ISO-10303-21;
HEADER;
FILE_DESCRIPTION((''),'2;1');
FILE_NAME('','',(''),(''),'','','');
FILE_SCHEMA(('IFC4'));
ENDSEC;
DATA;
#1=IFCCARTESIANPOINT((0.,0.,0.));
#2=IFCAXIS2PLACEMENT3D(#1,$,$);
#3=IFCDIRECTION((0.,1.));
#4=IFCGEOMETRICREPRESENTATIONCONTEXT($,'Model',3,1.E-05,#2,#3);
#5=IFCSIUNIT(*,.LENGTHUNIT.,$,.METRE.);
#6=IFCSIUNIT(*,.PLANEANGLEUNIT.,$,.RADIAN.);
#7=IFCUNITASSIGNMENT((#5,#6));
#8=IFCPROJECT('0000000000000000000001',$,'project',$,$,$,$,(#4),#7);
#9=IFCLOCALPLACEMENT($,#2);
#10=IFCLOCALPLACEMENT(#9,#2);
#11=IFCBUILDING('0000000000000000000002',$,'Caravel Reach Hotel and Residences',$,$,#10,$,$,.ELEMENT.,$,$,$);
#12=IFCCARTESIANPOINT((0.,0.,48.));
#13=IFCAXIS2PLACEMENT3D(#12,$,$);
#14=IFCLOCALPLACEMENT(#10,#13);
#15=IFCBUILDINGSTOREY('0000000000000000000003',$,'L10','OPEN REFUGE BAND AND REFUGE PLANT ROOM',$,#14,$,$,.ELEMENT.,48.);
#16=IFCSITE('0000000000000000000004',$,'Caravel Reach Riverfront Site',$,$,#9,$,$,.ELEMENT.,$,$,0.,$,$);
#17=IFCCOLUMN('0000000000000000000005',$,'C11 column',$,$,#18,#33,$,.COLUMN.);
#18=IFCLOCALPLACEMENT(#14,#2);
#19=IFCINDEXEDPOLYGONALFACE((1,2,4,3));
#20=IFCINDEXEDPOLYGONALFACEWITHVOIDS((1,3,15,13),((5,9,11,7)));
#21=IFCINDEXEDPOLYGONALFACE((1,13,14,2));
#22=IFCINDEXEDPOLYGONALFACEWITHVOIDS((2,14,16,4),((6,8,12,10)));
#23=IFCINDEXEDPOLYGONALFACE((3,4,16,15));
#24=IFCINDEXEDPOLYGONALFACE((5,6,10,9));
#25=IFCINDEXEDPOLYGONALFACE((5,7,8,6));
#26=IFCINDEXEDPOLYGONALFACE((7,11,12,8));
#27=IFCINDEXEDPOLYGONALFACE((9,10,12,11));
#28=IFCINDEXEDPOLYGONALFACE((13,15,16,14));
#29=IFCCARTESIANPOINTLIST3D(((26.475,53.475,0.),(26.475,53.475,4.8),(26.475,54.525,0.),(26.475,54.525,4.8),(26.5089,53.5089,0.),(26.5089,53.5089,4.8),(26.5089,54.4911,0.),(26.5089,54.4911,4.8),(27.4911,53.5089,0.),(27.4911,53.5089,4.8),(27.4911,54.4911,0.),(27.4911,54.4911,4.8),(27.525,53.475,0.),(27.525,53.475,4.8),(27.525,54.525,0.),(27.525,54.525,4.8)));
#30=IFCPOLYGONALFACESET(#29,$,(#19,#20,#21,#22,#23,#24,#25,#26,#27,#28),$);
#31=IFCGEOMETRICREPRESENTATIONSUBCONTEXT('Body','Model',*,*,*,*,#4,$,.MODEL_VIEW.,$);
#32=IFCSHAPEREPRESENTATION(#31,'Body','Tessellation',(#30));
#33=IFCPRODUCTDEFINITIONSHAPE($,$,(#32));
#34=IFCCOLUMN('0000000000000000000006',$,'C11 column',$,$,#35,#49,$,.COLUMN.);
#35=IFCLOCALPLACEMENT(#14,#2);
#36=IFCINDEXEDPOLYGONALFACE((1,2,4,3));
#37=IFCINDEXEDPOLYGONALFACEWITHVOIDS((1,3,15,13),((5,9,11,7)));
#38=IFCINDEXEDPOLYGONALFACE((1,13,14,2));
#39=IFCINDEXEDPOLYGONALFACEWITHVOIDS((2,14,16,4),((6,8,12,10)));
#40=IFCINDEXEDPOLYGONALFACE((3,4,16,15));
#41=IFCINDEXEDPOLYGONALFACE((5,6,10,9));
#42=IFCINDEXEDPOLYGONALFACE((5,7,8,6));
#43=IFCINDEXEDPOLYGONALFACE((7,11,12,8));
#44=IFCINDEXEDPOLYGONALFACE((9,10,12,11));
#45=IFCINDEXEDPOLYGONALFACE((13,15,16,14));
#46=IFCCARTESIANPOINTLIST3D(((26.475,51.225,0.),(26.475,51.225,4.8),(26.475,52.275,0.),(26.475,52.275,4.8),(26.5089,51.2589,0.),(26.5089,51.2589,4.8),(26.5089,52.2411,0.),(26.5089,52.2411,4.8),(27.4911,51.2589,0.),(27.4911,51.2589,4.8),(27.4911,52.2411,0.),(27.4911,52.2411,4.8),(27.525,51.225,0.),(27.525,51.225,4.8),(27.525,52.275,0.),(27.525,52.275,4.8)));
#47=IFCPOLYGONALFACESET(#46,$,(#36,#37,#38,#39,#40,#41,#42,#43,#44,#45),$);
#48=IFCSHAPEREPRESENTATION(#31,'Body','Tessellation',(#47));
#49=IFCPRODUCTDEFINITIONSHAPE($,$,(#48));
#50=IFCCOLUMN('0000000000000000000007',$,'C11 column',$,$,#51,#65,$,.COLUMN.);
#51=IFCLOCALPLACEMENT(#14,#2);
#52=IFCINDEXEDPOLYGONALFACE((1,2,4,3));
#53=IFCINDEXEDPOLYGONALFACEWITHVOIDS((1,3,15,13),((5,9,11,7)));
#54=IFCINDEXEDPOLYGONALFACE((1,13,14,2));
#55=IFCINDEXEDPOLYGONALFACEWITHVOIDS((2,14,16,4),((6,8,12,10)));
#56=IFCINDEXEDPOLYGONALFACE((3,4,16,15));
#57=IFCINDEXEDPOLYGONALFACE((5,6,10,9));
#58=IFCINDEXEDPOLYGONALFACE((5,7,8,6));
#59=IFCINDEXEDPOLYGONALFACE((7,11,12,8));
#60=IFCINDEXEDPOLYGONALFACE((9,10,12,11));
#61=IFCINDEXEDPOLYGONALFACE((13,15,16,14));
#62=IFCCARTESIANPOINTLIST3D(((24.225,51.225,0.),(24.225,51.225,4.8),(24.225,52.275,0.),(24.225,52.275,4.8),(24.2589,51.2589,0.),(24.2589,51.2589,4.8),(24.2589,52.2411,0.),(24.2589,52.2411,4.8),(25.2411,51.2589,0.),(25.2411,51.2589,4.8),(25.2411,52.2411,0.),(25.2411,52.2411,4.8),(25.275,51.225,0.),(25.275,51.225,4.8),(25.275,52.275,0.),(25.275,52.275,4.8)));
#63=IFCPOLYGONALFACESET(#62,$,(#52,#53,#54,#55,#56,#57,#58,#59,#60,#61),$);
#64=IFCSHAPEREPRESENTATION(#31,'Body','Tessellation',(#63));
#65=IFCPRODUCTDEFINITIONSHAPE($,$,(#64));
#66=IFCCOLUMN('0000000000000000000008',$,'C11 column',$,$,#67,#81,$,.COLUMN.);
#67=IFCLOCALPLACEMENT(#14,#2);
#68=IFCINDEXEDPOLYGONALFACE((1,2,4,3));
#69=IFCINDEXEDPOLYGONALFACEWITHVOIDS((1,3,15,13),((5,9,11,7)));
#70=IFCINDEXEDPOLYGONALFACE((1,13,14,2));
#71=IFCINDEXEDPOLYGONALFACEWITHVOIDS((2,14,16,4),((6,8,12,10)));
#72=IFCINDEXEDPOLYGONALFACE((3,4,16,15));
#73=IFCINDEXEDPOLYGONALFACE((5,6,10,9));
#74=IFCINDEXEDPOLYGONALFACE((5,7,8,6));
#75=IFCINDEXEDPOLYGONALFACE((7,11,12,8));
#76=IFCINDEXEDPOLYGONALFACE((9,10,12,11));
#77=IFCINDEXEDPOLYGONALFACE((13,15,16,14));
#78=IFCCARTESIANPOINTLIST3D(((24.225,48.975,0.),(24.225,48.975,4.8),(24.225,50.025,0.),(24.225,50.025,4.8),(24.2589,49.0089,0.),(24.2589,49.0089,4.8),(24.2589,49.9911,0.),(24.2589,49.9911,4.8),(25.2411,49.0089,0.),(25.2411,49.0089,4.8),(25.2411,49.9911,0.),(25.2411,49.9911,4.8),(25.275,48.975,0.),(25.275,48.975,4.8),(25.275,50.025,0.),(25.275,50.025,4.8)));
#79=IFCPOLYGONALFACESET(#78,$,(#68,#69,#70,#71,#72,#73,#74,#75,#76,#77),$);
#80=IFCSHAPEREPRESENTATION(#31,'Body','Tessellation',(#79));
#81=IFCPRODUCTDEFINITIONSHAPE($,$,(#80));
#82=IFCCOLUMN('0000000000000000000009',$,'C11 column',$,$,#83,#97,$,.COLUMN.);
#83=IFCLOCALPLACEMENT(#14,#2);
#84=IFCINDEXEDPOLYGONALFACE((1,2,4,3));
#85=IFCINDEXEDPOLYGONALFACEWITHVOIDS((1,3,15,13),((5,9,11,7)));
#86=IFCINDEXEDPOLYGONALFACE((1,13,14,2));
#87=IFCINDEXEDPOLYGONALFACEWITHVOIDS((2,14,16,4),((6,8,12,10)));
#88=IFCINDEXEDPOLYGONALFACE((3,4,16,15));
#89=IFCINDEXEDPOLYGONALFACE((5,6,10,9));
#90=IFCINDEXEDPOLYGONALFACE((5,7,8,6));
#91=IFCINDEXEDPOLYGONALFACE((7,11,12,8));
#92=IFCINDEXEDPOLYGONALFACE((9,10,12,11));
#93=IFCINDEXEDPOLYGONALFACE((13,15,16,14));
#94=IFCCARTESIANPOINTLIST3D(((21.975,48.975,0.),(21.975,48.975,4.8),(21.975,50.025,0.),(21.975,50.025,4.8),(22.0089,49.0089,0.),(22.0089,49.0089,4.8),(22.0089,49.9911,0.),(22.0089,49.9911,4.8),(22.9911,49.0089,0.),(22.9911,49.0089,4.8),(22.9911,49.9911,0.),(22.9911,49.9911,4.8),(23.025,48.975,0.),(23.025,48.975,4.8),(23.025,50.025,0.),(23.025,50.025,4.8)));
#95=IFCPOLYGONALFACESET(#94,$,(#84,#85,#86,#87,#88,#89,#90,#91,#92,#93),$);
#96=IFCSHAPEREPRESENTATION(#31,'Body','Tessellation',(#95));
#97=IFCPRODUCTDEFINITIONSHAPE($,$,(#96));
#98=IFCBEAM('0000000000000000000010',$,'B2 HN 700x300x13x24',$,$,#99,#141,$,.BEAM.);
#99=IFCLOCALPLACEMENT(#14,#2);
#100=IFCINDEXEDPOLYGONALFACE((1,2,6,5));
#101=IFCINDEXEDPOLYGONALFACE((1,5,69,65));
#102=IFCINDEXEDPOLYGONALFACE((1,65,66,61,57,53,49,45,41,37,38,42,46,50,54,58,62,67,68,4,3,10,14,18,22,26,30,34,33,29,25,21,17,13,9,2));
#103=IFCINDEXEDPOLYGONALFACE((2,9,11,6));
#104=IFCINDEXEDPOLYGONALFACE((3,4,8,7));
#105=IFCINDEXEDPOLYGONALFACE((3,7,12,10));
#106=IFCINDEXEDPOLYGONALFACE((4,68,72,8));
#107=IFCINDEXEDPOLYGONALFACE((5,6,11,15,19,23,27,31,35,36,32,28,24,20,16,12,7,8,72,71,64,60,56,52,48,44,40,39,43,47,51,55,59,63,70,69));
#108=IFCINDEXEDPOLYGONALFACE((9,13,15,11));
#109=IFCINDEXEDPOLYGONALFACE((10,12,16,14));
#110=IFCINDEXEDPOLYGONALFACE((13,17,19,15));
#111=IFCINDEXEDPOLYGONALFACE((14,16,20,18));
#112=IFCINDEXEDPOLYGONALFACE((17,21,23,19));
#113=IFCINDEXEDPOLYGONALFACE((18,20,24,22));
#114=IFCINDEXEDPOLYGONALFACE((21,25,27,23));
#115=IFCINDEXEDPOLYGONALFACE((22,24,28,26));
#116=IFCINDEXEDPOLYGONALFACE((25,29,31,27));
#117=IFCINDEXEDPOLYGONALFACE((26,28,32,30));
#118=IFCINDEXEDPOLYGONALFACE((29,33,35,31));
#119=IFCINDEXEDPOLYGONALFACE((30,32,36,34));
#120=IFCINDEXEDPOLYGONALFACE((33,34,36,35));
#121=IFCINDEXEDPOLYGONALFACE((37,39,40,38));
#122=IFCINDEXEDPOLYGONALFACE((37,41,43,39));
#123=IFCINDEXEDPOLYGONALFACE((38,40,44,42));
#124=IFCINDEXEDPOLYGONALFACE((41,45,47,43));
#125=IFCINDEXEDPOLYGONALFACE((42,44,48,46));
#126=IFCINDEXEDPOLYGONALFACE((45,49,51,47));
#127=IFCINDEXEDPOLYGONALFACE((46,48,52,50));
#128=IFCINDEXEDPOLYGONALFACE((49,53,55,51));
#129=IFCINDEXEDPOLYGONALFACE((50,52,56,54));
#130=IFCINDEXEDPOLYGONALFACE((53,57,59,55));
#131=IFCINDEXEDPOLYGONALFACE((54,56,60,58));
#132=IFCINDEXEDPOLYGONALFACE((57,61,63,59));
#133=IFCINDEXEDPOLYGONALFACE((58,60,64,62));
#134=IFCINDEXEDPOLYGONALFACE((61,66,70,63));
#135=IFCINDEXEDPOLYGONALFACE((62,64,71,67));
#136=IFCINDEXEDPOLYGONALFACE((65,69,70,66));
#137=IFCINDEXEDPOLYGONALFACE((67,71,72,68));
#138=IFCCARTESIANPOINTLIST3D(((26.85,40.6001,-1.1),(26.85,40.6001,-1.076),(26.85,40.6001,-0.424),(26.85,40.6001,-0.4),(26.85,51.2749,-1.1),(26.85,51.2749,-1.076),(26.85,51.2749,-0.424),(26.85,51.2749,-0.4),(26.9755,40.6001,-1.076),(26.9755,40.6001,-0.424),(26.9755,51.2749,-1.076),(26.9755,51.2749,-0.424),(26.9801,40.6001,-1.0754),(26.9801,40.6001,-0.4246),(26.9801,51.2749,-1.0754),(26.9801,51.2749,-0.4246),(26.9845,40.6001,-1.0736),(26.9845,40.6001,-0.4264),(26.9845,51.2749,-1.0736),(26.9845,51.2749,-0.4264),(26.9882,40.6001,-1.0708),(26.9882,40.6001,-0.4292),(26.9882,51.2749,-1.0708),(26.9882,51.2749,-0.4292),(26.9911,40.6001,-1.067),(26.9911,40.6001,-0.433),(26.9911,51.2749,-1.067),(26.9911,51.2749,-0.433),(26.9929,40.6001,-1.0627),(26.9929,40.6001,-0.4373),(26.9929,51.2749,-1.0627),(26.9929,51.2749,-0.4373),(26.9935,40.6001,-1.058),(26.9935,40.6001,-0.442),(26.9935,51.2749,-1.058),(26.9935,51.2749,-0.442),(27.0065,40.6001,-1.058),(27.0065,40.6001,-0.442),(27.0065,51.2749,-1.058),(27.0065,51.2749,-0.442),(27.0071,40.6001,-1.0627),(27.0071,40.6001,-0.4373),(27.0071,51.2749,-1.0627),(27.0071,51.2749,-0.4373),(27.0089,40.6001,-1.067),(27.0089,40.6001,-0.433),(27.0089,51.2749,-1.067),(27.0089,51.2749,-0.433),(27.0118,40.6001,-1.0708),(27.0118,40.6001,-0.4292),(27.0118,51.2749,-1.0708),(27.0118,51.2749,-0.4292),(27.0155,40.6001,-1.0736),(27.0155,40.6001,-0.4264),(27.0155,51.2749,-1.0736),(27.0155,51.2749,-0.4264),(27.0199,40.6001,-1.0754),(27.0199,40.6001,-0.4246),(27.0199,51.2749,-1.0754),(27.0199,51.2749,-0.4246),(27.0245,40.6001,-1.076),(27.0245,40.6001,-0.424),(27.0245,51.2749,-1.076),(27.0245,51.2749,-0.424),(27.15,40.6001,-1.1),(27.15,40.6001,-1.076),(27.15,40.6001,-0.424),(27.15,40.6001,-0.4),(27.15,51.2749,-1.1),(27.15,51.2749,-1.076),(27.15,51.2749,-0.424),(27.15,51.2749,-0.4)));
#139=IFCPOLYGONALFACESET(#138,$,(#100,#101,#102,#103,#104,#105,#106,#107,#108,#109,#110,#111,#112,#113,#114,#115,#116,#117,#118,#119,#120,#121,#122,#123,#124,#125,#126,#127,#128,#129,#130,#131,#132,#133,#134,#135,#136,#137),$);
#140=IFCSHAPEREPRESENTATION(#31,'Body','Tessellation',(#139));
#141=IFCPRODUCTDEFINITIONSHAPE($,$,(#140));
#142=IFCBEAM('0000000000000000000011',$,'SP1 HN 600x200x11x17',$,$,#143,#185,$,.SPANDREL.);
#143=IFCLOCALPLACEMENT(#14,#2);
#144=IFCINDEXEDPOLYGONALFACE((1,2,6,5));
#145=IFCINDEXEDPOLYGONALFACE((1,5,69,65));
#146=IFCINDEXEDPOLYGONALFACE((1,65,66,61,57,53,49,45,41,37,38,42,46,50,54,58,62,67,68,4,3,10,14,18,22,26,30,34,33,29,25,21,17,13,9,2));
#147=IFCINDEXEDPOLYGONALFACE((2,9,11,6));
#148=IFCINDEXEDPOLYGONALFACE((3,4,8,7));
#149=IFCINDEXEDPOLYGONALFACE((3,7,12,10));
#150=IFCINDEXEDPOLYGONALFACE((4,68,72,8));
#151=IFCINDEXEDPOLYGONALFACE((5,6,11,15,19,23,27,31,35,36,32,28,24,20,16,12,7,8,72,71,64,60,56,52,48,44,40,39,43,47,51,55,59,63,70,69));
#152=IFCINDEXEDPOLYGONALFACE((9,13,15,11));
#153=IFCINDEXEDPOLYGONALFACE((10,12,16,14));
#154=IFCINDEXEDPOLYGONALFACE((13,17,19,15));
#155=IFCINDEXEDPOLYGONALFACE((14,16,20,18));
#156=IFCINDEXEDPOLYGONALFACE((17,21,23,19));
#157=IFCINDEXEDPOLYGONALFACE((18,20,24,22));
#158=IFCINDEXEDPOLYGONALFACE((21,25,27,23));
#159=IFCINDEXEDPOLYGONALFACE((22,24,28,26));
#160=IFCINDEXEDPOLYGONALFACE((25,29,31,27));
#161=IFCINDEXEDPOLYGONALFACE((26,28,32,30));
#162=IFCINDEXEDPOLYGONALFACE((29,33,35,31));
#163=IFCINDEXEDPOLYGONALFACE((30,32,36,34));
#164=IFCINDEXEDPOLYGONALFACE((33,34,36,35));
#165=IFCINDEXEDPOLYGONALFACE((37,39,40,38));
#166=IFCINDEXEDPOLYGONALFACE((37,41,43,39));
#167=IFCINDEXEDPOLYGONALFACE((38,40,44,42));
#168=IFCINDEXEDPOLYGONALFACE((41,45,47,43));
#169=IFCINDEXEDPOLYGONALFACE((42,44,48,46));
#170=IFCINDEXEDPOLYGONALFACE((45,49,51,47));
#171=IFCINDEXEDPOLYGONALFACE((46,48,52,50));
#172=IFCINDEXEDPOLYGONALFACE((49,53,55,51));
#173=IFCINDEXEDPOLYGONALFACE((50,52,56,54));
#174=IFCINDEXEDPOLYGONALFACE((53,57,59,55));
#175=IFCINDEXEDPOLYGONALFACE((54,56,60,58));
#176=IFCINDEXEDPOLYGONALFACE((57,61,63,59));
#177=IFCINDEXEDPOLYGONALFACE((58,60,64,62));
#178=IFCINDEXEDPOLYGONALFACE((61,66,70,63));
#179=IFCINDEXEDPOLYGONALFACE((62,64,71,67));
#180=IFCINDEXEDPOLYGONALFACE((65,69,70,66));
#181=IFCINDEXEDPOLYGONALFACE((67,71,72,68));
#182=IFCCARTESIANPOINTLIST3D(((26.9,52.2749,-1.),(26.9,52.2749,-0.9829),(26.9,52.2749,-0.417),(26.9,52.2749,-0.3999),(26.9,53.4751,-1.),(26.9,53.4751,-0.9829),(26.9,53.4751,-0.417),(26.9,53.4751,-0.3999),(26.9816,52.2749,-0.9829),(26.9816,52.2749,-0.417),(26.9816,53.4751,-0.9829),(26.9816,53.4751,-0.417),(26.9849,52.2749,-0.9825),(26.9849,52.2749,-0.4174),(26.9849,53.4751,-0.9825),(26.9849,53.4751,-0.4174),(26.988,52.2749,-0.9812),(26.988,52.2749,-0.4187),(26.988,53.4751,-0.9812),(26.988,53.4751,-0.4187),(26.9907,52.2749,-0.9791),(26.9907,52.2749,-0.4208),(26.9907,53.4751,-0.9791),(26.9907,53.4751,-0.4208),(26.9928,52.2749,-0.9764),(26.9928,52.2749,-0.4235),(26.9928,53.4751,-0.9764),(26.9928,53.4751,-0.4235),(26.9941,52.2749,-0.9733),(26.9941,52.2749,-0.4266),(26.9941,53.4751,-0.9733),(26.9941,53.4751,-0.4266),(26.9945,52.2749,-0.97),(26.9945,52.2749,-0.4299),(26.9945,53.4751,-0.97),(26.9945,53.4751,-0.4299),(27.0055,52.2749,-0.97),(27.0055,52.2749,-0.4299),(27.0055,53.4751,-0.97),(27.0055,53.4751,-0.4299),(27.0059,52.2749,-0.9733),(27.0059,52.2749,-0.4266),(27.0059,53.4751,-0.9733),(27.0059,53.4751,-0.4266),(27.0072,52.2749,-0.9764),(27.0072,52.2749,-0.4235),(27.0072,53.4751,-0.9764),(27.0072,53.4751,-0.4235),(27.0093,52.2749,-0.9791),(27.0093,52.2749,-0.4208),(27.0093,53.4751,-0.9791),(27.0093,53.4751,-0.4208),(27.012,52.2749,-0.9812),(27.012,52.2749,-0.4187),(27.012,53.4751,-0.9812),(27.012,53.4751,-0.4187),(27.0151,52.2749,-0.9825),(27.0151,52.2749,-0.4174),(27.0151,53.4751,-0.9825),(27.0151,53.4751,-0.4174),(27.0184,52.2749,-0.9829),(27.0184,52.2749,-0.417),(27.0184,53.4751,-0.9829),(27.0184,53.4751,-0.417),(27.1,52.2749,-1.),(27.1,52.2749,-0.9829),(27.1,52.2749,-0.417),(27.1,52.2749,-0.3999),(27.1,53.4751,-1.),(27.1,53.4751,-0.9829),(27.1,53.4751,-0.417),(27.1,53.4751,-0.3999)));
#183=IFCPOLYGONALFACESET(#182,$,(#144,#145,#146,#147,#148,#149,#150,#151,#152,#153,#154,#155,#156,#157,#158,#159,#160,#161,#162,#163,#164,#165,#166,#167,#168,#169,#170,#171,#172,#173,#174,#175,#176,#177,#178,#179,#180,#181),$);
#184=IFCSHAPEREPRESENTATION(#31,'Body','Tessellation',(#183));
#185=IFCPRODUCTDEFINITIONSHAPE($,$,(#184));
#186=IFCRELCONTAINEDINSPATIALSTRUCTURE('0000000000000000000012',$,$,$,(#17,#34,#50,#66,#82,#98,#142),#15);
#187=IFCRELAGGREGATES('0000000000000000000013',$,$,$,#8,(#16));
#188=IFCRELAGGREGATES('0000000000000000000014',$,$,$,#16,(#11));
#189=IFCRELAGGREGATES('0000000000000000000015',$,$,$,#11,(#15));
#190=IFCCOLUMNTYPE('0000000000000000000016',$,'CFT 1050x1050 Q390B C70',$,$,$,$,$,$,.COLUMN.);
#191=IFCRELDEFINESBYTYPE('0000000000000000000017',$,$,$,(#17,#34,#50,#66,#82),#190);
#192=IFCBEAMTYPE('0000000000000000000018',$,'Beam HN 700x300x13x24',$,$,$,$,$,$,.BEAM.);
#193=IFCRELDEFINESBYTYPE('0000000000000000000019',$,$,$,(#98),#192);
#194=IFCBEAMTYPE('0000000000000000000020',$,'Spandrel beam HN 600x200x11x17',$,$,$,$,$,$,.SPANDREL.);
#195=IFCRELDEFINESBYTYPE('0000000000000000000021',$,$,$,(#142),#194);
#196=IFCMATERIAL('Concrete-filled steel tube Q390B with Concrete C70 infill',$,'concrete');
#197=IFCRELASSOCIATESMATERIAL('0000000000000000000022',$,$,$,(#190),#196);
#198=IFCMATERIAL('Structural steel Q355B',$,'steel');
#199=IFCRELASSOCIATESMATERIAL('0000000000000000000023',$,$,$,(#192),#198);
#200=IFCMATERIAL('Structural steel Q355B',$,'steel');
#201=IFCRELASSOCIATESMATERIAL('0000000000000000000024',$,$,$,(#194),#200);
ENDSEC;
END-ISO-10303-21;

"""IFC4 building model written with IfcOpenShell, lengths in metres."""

from ifc_helpers import new_model, si_unit, direction, frame, origin, origin_2d, place, context, subcontext, project, spatial, hollow_rectangle, i_section, extrude, material, material_profile, profile_set, type_object, element, save


model = new_model("IFC4")

# Units and contexts
model_context = context("Model", 3, precision=1e-05, world=origin(), true_north=direction((0.0, 1.0)))
body_context = subcontext(model_context, "Body", "Model", "MODEL_VIEW")
ifc_project = project(units=[si_unit("LENGTHUNIT", "METRE"), si_unit("PLANEANGLEUNIT", "RADIAN")], contexts=[model_context])

# Site, building, storey
site_placement = place(None, origin())
site = spatial("IfcSite", under=ifc_project, at=site_placement, Name="Caravel Reach Riverfront Site", CompositionType="ELEMENT", RefElevation=0.0)
building_placement = place(site_placement, origin())
building = spatial("IfcBuilding", under=site, at=building_placement, Name="Caravel Reach Hotel and Residences", CompositionType="ELEMENT")
storey_placement = place(building_placement, frame((0.0, 0.0, 48.0)))
storey = spatial("IfcBuildingStorey", under=building, at=storey_placement, Name="L10", Description="OPEN REFUGE BAND AND REFUGE PLANT ROOM", CompositionType="ELEMENT", Elevation=48.0)

# Columns
ifc_material_1 = material(Name="Concrete-filled steel tube Q390B with Concrete C70 infill", Category="concrete")
ifc_material_profile_1 = material_profile(ifc_material_1, hollow_rectangle(XDim=1.05, YDim=1.05, WallThickness=0.0339, at=origin_2d()), Name="RHS 1050x1050x34")
ifc_profile_set_1 = profile_set([ifc_material_profile_1], Name="Concrete-filled steel tube Q390B with Concrete C70 infill")
column_type = type_object("IfcColumnType", Name="CFT 1050x1050 Q390B C70", PredefinedType="COLUMN", material=ifc_profile_set_1)
for number, where, z_axis, x_axis, name in (
    (1, (27.0, 54.0, 0.0), (0.0, 0.0, 1.0), (1.0, 0.0, 0.0), "C11 column"),
    (2, (27.0, 51.75, 0.0), (0.0, 0.0, 1.0), (1.0, 0.0, 0.0), "C11 column"),
    (3, (24.75, 51.75, 0.0), (0.0, 0.0, 1.0), (1.0, 0.0, 0.0), "C11 column"),
    (4, (24.75, 49.5, 0.0), (0.0, 0.0, 1.0), (1.0, 0.0, 0.0), "C11 column"),
    (5, (22.5, 49.5, 0.0), (0.0, 0.0, 1.0), (1.0, 0.0, 0.0), "C11 column"),
):
    element("IfcColumn", number, at=place(storey_placement, frame(where, z_axis=z_axis, x_axis=x_axis)), inside=storey, type_object=column_type, Name=name, PredefinedType="COLUMN", context=body_context, shape_type="SweptSolid", body=[
        extrude(hollow_rectangle(XDim=1.05, YDim=1.05, WallThickness=0.0339, at=origin_2d()), origin(), (0.0, 0.0, 1.0), 4.8),
    ])

# Beams
ifc_material_2 = material(Name="Structural steel Q355B", Category="steel")
ifc_material_profile_2 = material_profile(ifc_material_2, i_section(OverallWidth=0.3, OverallDepth=0.7, WebThickness=0.0129, FlangeThickness=0.0239, FilletRadius=0.0181, at=origin_2d()), Name="HN 700x300x13x24")
ifc_profile_set_2 = profile_set([ifc_material_profile_2], Name="Structural steel Q355B")
beam_type_1 = type_object("IfcBeamType", Name="Beam HN 700x300x13x24", PredefinedType="BEAM", material=ifc_profile_set_2)
beam_1_placement = place(storey_placement, frame((27.0, 40.6001, -0.75), z_axis=(0.0, 1.0, 0.0), x_axis=(-1.0, 0.0, 0.0)))
element("IfcBeam", 6, at=beam_1_placement, inside=storey, type_object=beam_type_1, Name="B2 HN 700x300x13x24", PredefinedType="BEAM", context=body_context, shape_type="SweptSolid", body=[
    extrude(i_section(OverallWidth=0.3, OverallDepth=0.7, WebThickness=0.0129, FlangeThickness=0.0239, FilletRadius=0.0181, at=origin_2d()), origin(), (0.0, 0.0, 1.0), 10.6748),
])
ifc_material_3 = material(Name="Structural steel Q355B", Category="steel")
ifc_material_profile_3 = material_profile(ifc_material_3, i_section(OverallWidth=0.2, OverallDepth=0.6001, WebThickness=0.011, FlangeThickness=0.0171, FilletRadius=0.0129, at=origin_2d()), Name="HN 600x200x11x17")
ifc_profile_set_3 = profile_set([ifc_material_profile_3], Name="Structural steel Q355B")
beam_type_2 = type_object("IfcBeamType", Name="Spandrel beam HN 600x200x11x17", PredefinedType="SPANDREL", material=ifc_profile_set_3)
for number, where, z_axis, x_axis, name in (
    (7, (27.0, 53.4751, -0.7), (0.0, -1.0, 0.0), (1.0, 0.0, 0.0), "SP1 HN 600x200x11x17"),
):
    element("IfcBeam", number, at=place(storey_placement, frame(where, z_axis=z_axis, x_axis=x_axis)), inside=storey, type_object=beam_type_2, Name=name, PredefinedType="SPANDREL", context=body_context, shape_type="SweptSolid", body=[
        extrude(i_section(OverallWidth=0.2, OverallDepth=0.6001, WebThickness=0.011, FlangeThickness=0.0171, FilletRadius=0.0129, at=origin_2d()), origin(), (0.0, 0.0, 1.0), 1.2002),
    ])

save(model, "model.ifc")
